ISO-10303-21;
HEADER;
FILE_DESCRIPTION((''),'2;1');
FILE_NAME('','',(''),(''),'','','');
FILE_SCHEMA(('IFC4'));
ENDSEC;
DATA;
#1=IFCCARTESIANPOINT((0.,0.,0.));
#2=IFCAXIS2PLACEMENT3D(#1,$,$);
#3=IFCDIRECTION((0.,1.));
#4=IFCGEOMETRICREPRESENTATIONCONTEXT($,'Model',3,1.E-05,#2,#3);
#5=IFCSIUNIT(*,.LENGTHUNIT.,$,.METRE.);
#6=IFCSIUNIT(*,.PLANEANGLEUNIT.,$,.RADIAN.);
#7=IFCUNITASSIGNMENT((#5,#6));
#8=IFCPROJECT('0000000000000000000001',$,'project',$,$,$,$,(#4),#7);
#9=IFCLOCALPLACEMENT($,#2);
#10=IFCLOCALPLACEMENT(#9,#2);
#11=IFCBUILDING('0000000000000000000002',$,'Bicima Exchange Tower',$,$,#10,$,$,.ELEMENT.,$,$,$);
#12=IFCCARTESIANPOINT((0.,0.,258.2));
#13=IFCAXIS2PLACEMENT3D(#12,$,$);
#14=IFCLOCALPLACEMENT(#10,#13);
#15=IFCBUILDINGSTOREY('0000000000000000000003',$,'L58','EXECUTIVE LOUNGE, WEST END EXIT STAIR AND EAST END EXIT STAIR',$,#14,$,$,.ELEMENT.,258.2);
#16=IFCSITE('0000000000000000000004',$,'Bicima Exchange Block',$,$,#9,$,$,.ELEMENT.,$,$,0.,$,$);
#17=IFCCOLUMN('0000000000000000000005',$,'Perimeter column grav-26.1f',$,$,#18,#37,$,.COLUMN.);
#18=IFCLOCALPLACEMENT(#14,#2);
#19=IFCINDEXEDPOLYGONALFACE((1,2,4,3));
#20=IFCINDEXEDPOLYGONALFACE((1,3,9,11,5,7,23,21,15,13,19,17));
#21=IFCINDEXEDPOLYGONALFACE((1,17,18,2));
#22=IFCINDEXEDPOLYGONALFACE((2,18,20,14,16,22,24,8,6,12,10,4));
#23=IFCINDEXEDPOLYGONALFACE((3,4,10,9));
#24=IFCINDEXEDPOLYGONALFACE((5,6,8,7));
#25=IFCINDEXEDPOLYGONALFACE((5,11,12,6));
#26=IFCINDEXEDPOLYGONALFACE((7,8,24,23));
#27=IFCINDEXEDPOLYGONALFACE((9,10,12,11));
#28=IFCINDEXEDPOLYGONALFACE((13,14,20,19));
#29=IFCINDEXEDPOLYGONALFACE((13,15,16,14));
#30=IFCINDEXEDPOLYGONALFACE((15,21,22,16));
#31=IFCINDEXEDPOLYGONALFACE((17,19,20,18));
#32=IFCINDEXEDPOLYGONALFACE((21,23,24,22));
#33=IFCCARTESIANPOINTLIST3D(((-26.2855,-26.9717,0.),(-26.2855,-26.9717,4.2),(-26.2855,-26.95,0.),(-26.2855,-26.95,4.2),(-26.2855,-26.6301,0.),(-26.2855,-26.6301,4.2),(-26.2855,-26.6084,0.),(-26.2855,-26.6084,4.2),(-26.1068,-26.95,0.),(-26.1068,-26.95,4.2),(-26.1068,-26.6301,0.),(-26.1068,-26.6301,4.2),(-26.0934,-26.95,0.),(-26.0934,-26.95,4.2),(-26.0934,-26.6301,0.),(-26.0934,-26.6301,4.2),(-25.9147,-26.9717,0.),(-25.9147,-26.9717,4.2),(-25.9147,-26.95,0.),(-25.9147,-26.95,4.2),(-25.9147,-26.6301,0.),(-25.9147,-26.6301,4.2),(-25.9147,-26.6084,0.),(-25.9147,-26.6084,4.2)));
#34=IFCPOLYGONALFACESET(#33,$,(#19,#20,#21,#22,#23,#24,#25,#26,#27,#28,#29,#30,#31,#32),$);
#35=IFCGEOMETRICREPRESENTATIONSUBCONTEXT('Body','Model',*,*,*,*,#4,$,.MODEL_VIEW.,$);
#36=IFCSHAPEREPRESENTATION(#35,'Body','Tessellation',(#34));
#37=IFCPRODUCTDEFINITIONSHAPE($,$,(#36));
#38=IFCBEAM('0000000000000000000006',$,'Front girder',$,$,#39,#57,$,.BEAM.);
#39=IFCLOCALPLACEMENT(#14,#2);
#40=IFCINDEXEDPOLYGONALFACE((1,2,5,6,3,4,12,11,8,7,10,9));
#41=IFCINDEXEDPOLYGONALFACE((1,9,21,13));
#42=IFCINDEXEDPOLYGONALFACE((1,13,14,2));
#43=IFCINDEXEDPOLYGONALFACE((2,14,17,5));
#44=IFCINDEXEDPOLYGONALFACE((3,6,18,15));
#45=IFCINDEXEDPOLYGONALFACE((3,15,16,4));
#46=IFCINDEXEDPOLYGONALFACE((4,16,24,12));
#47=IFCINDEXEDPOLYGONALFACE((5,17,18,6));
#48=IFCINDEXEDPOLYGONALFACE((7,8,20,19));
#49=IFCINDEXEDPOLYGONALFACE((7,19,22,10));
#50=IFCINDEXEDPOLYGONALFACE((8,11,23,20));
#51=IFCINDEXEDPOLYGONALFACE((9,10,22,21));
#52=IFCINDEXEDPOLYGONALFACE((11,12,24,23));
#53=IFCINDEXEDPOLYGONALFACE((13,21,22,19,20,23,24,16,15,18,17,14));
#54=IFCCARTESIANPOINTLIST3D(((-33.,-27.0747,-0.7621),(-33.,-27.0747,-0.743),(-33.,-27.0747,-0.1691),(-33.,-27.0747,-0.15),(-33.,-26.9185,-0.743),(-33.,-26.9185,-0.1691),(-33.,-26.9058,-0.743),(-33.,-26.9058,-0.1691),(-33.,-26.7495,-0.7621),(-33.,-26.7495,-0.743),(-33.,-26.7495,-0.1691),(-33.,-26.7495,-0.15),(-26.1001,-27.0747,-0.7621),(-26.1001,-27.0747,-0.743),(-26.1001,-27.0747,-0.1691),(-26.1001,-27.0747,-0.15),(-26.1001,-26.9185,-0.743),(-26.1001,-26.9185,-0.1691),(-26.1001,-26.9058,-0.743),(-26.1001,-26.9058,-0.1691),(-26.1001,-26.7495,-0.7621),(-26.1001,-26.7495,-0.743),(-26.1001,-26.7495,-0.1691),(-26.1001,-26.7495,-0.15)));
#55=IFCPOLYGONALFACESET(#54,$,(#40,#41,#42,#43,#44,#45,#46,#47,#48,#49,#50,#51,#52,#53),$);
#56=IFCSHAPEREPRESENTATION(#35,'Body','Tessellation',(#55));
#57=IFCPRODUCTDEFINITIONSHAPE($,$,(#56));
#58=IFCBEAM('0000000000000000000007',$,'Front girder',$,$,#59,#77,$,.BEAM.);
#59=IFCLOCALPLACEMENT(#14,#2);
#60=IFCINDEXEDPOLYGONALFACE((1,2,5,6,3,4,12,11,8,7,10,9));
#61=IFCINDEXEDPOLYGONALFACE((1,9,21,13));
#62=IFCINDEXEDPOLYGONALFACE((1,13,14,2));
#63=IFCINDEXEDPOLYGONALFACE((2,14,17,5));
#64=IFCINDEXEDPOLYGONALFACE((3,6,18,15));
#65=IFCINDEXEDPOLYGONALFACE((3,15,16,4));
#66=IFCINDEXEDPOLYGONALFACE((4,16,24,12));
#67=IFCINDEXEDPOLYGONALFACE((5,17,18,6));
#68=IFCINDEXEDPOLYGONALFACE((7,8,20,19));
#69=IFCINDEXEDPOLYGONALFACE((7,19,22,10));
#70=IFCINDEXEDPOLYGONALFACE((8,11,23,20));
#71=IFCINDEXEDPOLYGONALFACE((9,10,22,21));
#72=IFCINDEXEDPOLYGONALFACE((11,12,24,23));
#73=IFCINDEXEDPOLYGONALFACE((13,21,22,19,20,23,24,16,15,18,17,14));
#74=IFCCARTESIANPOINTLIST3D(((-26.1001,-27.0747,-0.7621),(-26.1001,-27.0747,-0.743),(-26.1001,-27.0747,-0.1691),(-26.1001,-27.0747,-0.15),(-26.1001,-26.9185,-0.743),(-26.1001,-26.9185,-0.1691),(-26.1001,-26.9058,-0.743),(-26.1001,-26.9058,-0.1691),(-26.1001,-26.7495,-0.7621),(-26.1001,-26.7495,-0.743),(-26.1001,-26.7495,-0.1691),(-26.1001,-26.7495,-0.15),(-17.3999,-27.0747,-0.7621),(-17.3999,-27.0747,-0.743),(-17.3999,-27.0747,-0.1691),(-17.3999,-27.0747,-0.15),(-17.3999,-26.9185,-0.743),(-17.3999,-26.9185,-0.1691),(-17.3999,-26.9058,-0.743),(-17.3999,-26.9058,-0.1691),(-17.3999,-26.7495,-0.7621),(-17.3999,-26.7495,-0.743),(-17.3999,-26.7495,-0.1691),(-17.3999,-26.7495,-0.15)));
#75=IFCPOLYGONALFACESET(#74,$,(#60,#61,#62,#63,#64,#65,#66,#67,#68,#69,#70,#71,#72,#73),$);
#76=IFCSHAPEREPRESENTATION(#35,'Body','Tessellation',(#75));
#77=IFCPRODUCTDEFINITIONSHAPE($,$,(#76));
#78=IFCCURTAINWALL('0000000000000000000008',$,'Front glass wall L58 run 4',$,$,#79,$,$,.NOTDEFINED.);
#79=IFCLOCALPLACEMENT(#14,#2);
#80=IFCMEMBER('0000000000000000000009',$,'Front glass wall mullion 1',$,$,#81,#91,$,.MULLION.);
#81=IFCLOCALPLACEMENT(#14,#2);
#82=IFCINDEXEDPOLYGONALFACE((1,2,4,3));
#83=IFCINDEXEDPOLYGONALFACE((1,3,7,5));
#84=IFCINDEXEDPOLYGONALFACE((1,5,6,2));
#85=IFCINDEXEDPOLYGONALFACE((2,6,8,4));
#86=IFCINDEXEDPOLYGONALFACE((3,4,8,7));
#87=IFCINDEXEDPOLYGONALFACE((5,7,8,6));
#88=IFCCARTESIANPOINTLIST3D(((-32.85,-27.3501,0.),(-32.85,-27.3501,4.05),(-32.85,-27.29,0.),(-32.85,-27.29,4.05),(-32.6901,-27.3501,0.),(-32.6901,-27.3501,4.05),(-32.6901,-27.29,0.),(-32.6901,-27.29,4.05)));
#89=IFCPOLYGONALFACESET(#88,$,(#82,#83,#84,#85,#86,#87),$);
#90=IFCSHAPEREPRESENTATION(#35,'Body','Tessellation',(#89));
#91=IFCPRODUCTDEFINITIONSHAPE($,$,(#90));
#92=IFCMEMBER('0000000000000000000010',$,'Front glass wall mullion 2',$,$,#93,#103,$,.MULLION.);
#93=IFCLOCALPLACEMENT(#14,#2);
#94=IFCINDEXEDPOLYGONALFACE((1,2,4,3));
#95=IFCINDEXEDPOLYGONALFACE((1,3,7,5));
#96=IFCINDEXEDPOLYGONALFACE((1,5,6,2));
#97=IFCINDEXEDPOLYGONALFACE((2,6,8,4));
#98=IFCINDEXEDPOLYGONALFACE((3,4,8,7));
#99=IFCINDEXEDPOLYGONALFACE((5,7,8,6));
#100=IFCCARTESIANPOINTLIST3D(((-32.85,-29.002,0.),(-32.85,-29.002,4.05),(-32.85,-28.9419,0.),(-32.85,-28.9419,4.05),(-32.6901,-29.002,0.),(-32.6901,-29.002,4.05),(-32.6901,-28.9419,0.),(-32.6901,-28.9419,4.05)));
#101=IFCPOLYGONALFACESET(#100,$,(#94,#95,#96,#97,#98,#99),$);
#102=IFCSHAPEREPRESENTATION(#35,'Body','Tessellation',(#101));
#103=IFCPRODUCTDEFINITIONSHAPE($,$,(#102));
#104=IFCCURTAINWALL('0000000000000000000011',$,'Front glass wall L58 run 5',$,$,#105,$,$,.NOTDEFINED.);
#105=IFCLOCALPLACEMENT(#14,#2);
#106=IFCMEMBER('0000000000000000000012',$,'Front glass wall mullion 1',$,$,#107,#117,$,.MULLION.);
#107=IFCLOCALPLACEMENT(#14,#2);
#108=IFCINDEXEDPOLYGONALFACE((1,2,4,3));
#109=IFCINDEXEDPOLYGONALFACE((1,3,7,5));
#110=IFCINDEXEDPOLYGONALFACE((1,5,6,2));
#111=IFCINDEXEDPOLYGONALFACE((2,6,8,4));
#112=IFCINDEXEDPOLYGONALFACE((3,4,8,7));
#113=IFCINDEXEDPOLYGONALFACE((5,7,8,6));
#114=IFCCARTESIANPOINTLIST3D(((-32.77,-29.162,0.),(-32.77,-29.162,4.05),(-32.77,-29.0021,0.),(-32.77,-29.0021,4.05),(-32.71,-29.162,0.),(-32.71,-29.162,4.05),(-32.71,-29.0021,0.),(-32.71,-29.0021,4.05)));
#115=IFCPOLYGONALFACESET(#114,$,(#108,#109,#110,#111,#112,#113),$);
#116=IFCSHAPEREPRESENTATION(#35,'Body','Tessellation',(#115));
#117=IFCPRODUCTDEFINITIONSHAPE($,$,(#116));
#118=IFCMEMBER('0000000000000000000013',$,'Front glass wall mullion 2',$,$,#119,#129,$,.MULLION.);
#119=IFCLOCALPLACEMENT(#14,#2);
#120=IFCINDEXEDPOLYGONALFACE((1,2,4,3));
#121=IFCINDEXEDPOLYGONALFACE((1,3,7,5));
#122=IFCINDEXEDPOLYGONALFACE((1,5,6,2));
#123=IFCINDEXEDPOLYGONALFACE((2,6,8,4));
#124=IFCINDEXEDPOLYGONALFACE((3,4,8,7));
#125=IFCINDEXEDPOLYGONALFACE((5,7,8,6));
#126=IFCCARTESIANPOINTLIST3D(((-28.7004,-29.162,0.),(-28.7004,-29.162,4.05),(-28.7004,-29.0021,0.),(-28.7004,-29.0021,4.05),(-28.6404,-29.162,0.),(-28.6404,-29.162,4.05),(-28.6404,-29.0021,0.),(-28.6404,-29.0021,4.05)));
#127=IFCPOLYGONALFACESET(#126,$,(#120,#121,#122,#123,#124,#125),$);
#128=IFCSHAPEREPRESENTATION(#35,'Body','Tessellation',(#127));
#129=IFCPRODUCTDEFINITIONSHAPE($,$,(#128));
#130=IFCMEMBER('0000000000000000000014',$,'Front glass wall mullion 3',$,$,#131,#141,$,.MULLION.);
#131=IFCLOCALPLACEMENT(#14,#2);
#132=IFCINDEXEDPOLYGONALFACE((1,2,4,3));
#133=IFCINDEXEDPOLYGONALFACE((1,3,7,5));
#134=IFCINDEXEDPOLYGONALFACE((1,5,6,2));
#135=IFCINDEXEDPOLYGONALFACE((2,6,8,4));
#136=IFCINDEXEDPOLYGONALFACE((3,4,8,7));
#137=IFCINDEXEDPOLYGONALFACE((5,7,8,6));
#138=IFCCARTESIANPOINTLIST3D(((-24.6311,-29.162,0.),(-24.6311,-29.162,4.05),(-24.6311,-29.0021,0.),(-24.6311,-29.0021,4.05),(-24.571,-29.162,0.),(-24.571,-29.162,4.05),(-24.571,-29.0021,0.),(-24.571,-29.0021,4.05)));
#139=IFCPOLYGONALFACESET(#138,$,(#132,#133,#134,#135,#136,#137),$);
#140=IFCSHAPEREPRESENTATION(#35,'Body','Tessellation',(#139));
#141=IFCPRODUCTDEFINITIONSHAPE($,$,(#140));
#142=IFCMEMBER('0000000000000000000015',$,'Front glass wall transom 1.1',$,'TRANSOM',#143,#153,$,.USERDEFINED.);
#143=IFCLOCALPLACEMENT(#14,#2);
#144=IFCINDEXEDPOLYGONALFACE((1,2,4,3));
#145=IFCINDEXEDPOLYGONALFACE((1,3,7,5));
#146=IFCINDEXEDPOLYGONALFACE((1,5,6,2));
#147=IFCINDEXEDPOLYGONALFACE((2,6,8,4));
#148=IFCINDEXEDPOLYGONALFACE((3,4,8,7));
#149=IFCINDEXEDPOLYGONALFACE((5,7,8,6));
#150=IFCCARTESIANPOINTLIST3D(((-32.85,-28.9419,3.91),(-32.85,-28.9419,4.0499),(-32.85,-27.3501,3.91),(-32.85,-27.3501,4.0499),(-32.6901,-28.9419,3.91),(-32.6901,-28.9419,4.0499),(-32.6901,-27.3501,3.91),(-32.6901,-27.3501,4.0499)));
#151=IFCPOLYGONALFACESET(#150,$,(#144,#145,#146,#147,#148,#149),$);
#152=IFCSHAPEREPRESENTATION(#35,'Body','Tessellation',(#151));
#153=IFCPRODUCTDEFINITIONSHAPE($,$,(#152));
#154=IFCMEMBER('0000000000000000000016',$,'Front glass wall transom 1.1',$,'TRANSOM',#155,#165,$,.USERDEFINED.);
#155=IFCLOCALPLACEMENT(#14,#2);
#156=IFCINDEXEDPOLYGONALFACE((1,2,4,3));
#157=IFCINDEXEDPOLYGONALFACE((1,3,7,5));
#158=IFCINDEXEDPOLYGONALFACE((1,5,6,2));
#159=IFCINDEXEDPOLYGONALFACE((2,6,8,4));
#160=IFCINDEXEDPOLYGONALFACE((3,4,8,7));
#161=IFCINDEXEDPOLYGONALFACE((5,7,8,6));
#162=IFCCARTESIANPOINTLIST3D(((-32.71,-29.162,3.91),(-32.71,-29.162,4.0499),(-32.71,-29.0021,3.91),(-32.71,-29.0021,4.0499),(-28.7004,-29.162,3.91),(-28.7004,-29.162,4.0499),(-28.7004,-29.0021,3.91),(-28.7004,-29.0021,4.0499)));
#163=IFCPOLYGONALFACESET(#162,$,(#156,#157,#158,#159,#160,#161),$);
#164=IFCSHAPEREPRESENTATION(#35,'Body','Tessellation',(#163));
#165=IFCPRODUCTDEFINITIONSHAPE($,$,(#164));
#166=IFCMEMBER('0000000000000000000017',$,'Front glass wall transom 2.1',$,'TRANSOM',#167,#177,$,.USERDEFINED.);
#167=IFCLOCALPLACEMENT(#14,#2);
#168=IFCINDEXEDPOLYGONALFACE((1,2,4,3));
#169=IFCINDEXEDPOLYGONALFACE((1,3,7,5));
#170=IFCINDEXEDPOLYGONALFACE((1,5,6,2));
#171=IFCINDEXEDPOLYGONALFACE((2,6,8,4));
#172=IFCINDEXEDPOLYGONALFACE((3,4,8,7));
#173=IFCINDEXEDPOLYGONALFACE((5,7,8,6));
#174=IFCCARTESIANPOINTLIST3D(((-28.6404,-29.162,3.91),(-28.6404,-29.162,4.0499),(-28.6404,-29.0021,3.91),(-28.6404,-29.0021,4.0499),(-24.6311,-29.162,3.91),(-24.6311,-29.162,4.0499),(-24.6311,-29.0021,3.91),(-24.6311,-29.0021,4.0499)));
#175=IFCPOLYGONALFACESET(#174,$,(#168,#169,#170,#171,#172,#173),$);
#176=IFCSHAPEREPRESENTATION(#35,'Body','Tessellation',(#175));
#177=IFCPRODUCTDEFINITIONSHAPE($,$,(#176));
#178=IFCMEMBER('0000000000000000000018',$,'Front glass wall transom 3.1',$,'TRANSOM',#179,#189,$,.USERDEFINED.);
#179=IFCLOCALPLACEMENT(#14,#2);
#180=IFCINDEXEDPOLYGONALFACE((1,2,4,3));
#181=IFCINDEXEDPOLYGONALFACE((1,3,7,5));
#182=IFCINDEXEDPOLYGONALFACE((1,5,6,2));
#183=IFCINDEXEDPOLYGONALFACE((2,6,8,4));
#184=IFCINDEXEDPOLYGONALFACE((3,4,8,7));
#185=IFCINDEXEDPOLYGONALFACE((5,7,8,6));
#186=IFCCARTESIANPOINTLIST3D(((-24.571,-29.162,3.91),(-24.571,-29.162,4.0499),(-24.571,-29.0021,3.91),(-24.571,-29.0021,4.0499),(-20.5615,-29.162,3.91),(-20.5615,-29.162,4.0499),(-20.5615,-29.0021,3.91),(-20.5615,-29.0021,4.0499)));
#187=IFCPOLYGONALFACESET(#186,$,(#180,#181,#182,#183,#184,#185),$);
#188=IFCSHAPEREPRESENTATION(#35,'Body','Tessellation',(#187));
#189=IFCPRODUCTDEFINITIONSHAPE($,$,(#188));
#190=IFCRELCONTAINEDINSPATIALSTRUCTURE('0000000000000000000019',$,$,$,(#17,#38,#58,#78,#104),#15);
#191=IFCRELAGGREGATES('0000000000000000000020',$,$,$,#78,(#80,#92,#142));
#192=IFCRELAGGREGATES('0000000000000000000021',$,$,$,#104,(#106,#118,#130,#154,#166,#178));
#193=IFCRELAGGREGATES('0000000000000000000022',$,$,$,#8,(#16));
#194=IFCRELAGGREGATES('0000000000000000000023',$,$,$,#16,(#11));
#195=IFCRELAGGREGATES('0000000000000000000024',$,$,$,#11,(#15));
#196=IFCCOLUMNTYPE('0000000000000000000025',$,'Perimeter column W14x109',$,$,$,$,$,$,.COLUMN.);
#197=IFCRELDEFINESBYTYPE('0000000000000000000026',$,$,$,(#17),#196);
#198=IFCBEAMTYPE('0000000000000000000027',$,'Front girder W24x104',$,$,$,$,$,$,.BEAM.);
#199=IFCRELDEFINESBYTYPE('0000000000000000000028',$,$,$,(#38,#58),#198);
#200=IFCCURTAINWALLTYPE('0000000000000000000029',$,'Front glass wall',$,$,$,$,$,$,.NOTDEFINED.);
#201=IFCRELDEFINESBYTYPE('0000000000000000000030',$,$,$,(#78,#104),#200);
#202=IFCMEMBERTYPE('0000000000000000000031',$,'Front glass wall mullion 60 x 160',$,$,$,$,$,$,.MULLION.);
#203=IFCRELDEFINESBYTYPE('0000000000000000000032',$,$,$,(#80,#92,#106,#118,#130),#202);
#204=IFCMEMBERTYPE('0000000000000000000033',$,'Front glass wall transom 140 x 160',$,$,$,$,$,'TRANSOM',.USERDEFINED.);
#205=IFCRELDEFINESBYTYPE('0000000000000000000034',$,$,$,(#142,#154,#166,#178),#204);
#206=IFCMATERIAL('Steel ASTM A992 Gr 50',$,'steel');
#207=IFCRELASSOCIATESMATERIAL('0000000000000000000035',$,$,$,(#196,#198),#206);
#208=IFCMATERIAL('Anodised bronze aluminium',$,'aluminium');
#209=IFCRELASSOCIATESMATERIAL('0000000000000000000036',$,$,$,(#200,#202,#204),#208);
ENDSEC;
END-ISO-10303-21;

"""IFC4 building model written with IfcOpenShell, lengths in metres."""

from ifc_helpers import new_model, si_unit, direction, frame, origin, origin_2d, place, context, subcontext, project, spatial, rectangle, i_section, extrude, material, material_profile, profile_set, type_object, element, aggregate, save


model = new_model("IFC4")

# Units and contexts
model_context = context("Model", 3, precision=1e-05, world=origin(), true_north=direction((0.0, 1.0)))
body_context = subcontext(model_context, "Body", "Model", "MODEL_VIEW")
ifc_project = project(units=[si_unit("LENGTHUNIT", "METRE"), si_unit("PLANEANGLEUNIT", "RADIAN")], contexts=[model_context])

# Site, building, storey
site_placement = place(None, origin())
site = spatial("IfcSite", under=ifc_project, at=site_placement, Name="Bicima Exchange Block", CompositionType="ELEMENT", RefElevation=0.0)
building_placement = place(site_placement, origin())
building = spatial("IfcBuilding", under=site, at=building_placement, Name="Bicima Exchange Tower", CompositionType="ELEMENT")
storey_placement = place(building_placement, frame((0.0, 0.0, 258.2)))
storey = spatial("IfcBuildingStorey", under=building, at=storey_placement, Name="L58", Description="EXECUTIVE LOUNGE, WEST END EXIT STAIR AND EAST END EXIT STAIR", CompositionType="ELEMENT", Elevation=258.2)

# Column
ifc_material_1 = material(Name="Steel ASTM A992 Gr 50", Category="steel")
ifc_material_profile_1 = material_profile(ifc_material_1, i_section(OverallWidth=0.3708, OverallDepth=0.3633, WebThickness=0.0134, FlangeThickness=0.0217, at=origin_2d()))
ifc_profile_set_1 = profile_set([ifc_material_profile_1], Name="Steel ASTM A992 Gr 50")
column_type = type_object("IfcColumnType", Name="Perimeter column W14x109", PredefinedType="COLUMN", material=ifc_profile_set_1)
column_placement = place(storey_placement, frame((-26.1001, -26.79, 0.0), z_axis=(0.0, 0.0, 1.0), x_axis=(1.0, 0.0, 0.0)))
element("IfcColumn", 1, at=column_placement, inside=storey, type_object=column_type, Name="Perimeter column grav-26.1f", PredefinedType="COLUMN", context=body_context, shape_type="SweptSolid", body=[
    extrude(i_section(OverallWidth=0.3708, OverallDepth=0.3633, WebThickness=0.0134, FlangeThickness=0.0217, at=origin_2d()), origin(), (0.0, 0.0, 1.0), 4.2),
])

# Beams
ifc_material_profile_2 = material_profile(ifc_material_1, i_section(OverallWidth=0.3252, OverallDepth=0.6121, WebThickness=0.0127, FlangeThickness=0.019, at=origin_2d()))
ifc_profile_set_2 = profile_set([ifc_material_profile_2], Name="Steel ASTM A992 Gr 50")
beam_type = type_object("IfcBeamType", Name="Front girder W24x104", PredefinedType="BEAM", material=ifc_profile_set_2)
beam_1_placement = place(storey_placement, frame((-33.0, -26.9121, -0.4561), z_axis=(1.0, 0.0, 0.0), x_axis=(0.0, 1.0, 0.0)))
element("IfcBeam", 2, at=beam_1_placement, inside=storey, type_object=beam_type, Name="Front girder", PredefinedType="BEAM", context=body_context, shape_type="SweptSolid", body=[
    extrude(i_section(OverallWidth=0.3252, OverallDepth=0.6121, WebThickness=0.0127, FlangeThickness=0.019, at=origin_2d()), origin(), (0.0, 0.0, 1.0), 6.8999),
])
beam_2_placement = place(storey_placement, frame((-26.1001, -26.9121, -0.4561), z_axis=(1.0, 0.0, 0.0), x_axis=(0.0, 1.0, 0.0)))
element("IfcBeam", 3, at=beam_2_placement, inside=storey, type_object=beam_type, Name="Front girder", PredefinedType="BEAM", context=body_context, shape_type="SweptSolid", body=[
    extrude(i_section(OverallWidth=0.3252, OverallDepth=0.6121, WebThickness=0.0127, FlangeThickness=0.019, at=origin_2d()), origin(), (0.0, 0.0, 1.0), 8.7002),
])

# Curtain walls, members
ifc_material_2 = material(Name="Anodised bronze aluminium", Category="aluminium")
curtain_wall_type = type_object("IfcCurtainWallType", Name="Front glass wall", PredefinedType="NOTDEFINED", material=ifc_material_2)
curtain_wall_1_placement = place(storey_placement, origin())
curtain_wall_1 = element("IfcCurtainWall", 4, at=curtain_wall_1_placement, inside=storey, type_object=curtain_wall_type, Name="Front glass wall L58 run 4", PredefinedType="NOTDEFINED")
ifc_material_profile_3 = material_profile(ifc_material_2, rectangle(XDim=0.1599, YDim=0.0601, at=origin_2d()))
ifc_profile_set_3 = profile_set([ifc_material_profile_3], Name="Anodised bronze aluminium")
member_type_1 = type_object("IfcMemberType", Name="Front glass wall mullion 60 x 160", PredefinedType="MULLION", material=ifc_profile_set_3)
member_1_placement = place(storey_placement, frame((-32.77, -27.3201, 0.0), z_axis=(0.0, 0.0, 1.0), x_axis=(1.0, 0.0, 0.0)))
member_1 = element("IfcMember", 5, at=member_1_placement, type_object=member_type_1, Name="Front glass wall mullion 1", PredefinedType="MULLION", context=body_context, shape_type="SweptSolid", body=[
    extrude(rectangle(XDim=0.1599, YDim=0.0601, at=origin_2d()), origin(), (0.0, 0.0, 1.0), 4.05),
])
member_2_placement = place(storey_placement, frame((-32.77, -28.9719, 0.0), z_axis=(0.0, 0.0, 1.0), x_axis=(1.0, 0.0, 0.0)))
member_2 = element("IfcMember", 6, at=member_2_placement, type_object=member_type_1, Name="Front glass wall mullion 2", PredefinedType="MULLION", context=body_context, shape_type="SweptSolid", body=[
    extrude(rectangle(XDim=0.1599, YDim=0.0601, at=origin_2d()), origin(), (0.0, 0.0, 1.0), 4.05),
])
curtain_wall_2_placement = place(storey_placement, origin())
curtain_wall_2 = element("IfcCurtainWall", 7, at=curtain_wall_2_placement, inside=storey, type_object=curtain_wall_type, Name="Front glass wall L58 run 5", PredefinedType="NOTDEFINED")
member_3_placement = place(storey_placement, frame((-32.74, -29.082, 0.0), z_axis=(0.0, 0.0, 1.0), x_axis=(0.0, 1.0, 0.0)))
member_3 = element("IfcMember", 8, at=member_3_placement, type_object=member_type_1, Name="Front glass wall mullion 1", PredefinedType="MULLION", context=body_context, shape_type="SweptSolid", body=[
    extrude(rectangle(XDim=0.1599, YDim=0.0601, at=origin_2d()), origin(), (0.0, 0.0, 1.0), 4.05),
])
member_4_placement = place(storey_placement, frame((-28.6704, -29.082, 0.0), z_axis=(0.0, 0.0, 1.0), x_axis=(0.0, 1.0, 0.0)))
member_4 = element("IfcMember", 9, at=member_4_placement, type_object=member_type_1, Name="Front glass wall mullion 2", PredefinedType="MULLION", context=body_context, shape_type="SweptSolid", body=[
    extrude(rectangle(XDim=0.1599, YDim=0.0601, at=origin_2d()), origin(), (0.0, 0.0, 1.0), 4.05),
])
member_5_placement = place(storey_placement, frame((-24.6011, -29.082, 0.0), z_axis=(0.0, 0.0, 1.0), x_axis=(0.0, 1.0, 0.0)))
member_5 = element("IfcMember", 10, at=member_5_placement, type_object=member_type_1, Name="Front glass wall mullion 3", PredefinedType="MULLION", context=body_context, shape_type="SweptSolid", body=[
    extrude(rectangle(XDim=0.1599, YDim=0.0601, at=origin_2d()), origin(), (0.0, 0.0, 1.0), 4.05),
])

# Members
ifc_material_profile_4 = material_profile(ifc_material_2, rectangle(XDim=0.1599, YDim=0.1399, at=origin_2d()))
ifc_profile_set_4 = profile_set([ifc_material_profile_4], Name="Anodised bronze aluminium")
member_type_2 = type_object("IfcMemberType", Name="Front glass wall transom 140 x 160", ElementType="TRANSOM", PredefinedType="USERDEFINED", material=ifc_profile_set_4)
member_6_placement = place(storey_placement, frame((-32.77, -27.3501, 3.98), z_axis=(0.0, -1.0, 0.0), x_axis=(1.0, 0.0, 0.0)))
member_6 = element("IfcMember", 11, at=member_6_placement, type_object=member_type_2, Name="Front glass wall transom 1.1", ObjectType="TRANSOM", PredefinedType="USERDEFINED", context=body_context, shape_type="SweptSolid", body=[
    extrude(rectangle(XDim=0.1599, YDim=0.1399, at=origin_2d()), origin(), (0.0, 0.0, 1.0), 1.5918),
])
member_7_placement = place(storey_placement, frame((-32.71, -29.082, 3.98), z_axis=(1.0, 0.0, 0.0), x_axis=(0.0, 1.0, 0.0)))
member_7 = element("IfcMember", 12, at=member_7_placement, type_object=member_type_2, Name="Front glass wall transom 1.1", ObjectType="TRANSOM", PredefinedType="USERDEFINED", context=body_context, shape_type="SweptSolid", body=[
    extrude(rectangle(XDim=0.1599, YDim=0.1399, at=origin_2d()), origin(), (0.0, 0.0, 1.0), 4.0095),
])
member_8_placement = place(storey_placement, frame((-28.6404, -29.082, 3.98), z_axis=(1.0, 0.0, 0.0), x_axis=(0.0, 1.0, 0.0)))
member_8 = element("IfcMember", 13, at=member_8_placement, type_object=member_type_2, Name="Front glass wall transom 2.1", ObjectType="TRANSOM", PredefinedType="USERDEFINED", context=body_context, shape_type="SweptSolid", body=[
    extrude(rectangle(XDim=0.1599, YDim=0.1399, at=origin_2d()), origin(), (0.0, 0.0, 1.0), 4.0093),
])
member_9_placement = place(storey_placement, frame((-24.571, -29.082, 3.98), z_axis=(1.0, 0.0, 0.0), x_axis=(0.0, 1.0, 0.0)))
member_9 = element("IfcMember", 14, at=member_9_placement, type_object=member_type_2, Name="Front glass wall transom 3.1", ObjectType="TRANSOM", PredefinedType="USERDEFINED", context=body_context, shape_type="SweptSolid", body=[
    extrude(rectangle(XDim=0.1599, YDim=0.1399, at=origin_2d()), origin(), (0.0, 0.0, 1.0), 4.0095),
])

aggregate(curtain_wall_1, [member_1, member_2, member_6])
aggregate(curtain_wall_2, [member_3, member_4, member_5, member_7, member_8, member_9])

save(model, "model.ifc")
